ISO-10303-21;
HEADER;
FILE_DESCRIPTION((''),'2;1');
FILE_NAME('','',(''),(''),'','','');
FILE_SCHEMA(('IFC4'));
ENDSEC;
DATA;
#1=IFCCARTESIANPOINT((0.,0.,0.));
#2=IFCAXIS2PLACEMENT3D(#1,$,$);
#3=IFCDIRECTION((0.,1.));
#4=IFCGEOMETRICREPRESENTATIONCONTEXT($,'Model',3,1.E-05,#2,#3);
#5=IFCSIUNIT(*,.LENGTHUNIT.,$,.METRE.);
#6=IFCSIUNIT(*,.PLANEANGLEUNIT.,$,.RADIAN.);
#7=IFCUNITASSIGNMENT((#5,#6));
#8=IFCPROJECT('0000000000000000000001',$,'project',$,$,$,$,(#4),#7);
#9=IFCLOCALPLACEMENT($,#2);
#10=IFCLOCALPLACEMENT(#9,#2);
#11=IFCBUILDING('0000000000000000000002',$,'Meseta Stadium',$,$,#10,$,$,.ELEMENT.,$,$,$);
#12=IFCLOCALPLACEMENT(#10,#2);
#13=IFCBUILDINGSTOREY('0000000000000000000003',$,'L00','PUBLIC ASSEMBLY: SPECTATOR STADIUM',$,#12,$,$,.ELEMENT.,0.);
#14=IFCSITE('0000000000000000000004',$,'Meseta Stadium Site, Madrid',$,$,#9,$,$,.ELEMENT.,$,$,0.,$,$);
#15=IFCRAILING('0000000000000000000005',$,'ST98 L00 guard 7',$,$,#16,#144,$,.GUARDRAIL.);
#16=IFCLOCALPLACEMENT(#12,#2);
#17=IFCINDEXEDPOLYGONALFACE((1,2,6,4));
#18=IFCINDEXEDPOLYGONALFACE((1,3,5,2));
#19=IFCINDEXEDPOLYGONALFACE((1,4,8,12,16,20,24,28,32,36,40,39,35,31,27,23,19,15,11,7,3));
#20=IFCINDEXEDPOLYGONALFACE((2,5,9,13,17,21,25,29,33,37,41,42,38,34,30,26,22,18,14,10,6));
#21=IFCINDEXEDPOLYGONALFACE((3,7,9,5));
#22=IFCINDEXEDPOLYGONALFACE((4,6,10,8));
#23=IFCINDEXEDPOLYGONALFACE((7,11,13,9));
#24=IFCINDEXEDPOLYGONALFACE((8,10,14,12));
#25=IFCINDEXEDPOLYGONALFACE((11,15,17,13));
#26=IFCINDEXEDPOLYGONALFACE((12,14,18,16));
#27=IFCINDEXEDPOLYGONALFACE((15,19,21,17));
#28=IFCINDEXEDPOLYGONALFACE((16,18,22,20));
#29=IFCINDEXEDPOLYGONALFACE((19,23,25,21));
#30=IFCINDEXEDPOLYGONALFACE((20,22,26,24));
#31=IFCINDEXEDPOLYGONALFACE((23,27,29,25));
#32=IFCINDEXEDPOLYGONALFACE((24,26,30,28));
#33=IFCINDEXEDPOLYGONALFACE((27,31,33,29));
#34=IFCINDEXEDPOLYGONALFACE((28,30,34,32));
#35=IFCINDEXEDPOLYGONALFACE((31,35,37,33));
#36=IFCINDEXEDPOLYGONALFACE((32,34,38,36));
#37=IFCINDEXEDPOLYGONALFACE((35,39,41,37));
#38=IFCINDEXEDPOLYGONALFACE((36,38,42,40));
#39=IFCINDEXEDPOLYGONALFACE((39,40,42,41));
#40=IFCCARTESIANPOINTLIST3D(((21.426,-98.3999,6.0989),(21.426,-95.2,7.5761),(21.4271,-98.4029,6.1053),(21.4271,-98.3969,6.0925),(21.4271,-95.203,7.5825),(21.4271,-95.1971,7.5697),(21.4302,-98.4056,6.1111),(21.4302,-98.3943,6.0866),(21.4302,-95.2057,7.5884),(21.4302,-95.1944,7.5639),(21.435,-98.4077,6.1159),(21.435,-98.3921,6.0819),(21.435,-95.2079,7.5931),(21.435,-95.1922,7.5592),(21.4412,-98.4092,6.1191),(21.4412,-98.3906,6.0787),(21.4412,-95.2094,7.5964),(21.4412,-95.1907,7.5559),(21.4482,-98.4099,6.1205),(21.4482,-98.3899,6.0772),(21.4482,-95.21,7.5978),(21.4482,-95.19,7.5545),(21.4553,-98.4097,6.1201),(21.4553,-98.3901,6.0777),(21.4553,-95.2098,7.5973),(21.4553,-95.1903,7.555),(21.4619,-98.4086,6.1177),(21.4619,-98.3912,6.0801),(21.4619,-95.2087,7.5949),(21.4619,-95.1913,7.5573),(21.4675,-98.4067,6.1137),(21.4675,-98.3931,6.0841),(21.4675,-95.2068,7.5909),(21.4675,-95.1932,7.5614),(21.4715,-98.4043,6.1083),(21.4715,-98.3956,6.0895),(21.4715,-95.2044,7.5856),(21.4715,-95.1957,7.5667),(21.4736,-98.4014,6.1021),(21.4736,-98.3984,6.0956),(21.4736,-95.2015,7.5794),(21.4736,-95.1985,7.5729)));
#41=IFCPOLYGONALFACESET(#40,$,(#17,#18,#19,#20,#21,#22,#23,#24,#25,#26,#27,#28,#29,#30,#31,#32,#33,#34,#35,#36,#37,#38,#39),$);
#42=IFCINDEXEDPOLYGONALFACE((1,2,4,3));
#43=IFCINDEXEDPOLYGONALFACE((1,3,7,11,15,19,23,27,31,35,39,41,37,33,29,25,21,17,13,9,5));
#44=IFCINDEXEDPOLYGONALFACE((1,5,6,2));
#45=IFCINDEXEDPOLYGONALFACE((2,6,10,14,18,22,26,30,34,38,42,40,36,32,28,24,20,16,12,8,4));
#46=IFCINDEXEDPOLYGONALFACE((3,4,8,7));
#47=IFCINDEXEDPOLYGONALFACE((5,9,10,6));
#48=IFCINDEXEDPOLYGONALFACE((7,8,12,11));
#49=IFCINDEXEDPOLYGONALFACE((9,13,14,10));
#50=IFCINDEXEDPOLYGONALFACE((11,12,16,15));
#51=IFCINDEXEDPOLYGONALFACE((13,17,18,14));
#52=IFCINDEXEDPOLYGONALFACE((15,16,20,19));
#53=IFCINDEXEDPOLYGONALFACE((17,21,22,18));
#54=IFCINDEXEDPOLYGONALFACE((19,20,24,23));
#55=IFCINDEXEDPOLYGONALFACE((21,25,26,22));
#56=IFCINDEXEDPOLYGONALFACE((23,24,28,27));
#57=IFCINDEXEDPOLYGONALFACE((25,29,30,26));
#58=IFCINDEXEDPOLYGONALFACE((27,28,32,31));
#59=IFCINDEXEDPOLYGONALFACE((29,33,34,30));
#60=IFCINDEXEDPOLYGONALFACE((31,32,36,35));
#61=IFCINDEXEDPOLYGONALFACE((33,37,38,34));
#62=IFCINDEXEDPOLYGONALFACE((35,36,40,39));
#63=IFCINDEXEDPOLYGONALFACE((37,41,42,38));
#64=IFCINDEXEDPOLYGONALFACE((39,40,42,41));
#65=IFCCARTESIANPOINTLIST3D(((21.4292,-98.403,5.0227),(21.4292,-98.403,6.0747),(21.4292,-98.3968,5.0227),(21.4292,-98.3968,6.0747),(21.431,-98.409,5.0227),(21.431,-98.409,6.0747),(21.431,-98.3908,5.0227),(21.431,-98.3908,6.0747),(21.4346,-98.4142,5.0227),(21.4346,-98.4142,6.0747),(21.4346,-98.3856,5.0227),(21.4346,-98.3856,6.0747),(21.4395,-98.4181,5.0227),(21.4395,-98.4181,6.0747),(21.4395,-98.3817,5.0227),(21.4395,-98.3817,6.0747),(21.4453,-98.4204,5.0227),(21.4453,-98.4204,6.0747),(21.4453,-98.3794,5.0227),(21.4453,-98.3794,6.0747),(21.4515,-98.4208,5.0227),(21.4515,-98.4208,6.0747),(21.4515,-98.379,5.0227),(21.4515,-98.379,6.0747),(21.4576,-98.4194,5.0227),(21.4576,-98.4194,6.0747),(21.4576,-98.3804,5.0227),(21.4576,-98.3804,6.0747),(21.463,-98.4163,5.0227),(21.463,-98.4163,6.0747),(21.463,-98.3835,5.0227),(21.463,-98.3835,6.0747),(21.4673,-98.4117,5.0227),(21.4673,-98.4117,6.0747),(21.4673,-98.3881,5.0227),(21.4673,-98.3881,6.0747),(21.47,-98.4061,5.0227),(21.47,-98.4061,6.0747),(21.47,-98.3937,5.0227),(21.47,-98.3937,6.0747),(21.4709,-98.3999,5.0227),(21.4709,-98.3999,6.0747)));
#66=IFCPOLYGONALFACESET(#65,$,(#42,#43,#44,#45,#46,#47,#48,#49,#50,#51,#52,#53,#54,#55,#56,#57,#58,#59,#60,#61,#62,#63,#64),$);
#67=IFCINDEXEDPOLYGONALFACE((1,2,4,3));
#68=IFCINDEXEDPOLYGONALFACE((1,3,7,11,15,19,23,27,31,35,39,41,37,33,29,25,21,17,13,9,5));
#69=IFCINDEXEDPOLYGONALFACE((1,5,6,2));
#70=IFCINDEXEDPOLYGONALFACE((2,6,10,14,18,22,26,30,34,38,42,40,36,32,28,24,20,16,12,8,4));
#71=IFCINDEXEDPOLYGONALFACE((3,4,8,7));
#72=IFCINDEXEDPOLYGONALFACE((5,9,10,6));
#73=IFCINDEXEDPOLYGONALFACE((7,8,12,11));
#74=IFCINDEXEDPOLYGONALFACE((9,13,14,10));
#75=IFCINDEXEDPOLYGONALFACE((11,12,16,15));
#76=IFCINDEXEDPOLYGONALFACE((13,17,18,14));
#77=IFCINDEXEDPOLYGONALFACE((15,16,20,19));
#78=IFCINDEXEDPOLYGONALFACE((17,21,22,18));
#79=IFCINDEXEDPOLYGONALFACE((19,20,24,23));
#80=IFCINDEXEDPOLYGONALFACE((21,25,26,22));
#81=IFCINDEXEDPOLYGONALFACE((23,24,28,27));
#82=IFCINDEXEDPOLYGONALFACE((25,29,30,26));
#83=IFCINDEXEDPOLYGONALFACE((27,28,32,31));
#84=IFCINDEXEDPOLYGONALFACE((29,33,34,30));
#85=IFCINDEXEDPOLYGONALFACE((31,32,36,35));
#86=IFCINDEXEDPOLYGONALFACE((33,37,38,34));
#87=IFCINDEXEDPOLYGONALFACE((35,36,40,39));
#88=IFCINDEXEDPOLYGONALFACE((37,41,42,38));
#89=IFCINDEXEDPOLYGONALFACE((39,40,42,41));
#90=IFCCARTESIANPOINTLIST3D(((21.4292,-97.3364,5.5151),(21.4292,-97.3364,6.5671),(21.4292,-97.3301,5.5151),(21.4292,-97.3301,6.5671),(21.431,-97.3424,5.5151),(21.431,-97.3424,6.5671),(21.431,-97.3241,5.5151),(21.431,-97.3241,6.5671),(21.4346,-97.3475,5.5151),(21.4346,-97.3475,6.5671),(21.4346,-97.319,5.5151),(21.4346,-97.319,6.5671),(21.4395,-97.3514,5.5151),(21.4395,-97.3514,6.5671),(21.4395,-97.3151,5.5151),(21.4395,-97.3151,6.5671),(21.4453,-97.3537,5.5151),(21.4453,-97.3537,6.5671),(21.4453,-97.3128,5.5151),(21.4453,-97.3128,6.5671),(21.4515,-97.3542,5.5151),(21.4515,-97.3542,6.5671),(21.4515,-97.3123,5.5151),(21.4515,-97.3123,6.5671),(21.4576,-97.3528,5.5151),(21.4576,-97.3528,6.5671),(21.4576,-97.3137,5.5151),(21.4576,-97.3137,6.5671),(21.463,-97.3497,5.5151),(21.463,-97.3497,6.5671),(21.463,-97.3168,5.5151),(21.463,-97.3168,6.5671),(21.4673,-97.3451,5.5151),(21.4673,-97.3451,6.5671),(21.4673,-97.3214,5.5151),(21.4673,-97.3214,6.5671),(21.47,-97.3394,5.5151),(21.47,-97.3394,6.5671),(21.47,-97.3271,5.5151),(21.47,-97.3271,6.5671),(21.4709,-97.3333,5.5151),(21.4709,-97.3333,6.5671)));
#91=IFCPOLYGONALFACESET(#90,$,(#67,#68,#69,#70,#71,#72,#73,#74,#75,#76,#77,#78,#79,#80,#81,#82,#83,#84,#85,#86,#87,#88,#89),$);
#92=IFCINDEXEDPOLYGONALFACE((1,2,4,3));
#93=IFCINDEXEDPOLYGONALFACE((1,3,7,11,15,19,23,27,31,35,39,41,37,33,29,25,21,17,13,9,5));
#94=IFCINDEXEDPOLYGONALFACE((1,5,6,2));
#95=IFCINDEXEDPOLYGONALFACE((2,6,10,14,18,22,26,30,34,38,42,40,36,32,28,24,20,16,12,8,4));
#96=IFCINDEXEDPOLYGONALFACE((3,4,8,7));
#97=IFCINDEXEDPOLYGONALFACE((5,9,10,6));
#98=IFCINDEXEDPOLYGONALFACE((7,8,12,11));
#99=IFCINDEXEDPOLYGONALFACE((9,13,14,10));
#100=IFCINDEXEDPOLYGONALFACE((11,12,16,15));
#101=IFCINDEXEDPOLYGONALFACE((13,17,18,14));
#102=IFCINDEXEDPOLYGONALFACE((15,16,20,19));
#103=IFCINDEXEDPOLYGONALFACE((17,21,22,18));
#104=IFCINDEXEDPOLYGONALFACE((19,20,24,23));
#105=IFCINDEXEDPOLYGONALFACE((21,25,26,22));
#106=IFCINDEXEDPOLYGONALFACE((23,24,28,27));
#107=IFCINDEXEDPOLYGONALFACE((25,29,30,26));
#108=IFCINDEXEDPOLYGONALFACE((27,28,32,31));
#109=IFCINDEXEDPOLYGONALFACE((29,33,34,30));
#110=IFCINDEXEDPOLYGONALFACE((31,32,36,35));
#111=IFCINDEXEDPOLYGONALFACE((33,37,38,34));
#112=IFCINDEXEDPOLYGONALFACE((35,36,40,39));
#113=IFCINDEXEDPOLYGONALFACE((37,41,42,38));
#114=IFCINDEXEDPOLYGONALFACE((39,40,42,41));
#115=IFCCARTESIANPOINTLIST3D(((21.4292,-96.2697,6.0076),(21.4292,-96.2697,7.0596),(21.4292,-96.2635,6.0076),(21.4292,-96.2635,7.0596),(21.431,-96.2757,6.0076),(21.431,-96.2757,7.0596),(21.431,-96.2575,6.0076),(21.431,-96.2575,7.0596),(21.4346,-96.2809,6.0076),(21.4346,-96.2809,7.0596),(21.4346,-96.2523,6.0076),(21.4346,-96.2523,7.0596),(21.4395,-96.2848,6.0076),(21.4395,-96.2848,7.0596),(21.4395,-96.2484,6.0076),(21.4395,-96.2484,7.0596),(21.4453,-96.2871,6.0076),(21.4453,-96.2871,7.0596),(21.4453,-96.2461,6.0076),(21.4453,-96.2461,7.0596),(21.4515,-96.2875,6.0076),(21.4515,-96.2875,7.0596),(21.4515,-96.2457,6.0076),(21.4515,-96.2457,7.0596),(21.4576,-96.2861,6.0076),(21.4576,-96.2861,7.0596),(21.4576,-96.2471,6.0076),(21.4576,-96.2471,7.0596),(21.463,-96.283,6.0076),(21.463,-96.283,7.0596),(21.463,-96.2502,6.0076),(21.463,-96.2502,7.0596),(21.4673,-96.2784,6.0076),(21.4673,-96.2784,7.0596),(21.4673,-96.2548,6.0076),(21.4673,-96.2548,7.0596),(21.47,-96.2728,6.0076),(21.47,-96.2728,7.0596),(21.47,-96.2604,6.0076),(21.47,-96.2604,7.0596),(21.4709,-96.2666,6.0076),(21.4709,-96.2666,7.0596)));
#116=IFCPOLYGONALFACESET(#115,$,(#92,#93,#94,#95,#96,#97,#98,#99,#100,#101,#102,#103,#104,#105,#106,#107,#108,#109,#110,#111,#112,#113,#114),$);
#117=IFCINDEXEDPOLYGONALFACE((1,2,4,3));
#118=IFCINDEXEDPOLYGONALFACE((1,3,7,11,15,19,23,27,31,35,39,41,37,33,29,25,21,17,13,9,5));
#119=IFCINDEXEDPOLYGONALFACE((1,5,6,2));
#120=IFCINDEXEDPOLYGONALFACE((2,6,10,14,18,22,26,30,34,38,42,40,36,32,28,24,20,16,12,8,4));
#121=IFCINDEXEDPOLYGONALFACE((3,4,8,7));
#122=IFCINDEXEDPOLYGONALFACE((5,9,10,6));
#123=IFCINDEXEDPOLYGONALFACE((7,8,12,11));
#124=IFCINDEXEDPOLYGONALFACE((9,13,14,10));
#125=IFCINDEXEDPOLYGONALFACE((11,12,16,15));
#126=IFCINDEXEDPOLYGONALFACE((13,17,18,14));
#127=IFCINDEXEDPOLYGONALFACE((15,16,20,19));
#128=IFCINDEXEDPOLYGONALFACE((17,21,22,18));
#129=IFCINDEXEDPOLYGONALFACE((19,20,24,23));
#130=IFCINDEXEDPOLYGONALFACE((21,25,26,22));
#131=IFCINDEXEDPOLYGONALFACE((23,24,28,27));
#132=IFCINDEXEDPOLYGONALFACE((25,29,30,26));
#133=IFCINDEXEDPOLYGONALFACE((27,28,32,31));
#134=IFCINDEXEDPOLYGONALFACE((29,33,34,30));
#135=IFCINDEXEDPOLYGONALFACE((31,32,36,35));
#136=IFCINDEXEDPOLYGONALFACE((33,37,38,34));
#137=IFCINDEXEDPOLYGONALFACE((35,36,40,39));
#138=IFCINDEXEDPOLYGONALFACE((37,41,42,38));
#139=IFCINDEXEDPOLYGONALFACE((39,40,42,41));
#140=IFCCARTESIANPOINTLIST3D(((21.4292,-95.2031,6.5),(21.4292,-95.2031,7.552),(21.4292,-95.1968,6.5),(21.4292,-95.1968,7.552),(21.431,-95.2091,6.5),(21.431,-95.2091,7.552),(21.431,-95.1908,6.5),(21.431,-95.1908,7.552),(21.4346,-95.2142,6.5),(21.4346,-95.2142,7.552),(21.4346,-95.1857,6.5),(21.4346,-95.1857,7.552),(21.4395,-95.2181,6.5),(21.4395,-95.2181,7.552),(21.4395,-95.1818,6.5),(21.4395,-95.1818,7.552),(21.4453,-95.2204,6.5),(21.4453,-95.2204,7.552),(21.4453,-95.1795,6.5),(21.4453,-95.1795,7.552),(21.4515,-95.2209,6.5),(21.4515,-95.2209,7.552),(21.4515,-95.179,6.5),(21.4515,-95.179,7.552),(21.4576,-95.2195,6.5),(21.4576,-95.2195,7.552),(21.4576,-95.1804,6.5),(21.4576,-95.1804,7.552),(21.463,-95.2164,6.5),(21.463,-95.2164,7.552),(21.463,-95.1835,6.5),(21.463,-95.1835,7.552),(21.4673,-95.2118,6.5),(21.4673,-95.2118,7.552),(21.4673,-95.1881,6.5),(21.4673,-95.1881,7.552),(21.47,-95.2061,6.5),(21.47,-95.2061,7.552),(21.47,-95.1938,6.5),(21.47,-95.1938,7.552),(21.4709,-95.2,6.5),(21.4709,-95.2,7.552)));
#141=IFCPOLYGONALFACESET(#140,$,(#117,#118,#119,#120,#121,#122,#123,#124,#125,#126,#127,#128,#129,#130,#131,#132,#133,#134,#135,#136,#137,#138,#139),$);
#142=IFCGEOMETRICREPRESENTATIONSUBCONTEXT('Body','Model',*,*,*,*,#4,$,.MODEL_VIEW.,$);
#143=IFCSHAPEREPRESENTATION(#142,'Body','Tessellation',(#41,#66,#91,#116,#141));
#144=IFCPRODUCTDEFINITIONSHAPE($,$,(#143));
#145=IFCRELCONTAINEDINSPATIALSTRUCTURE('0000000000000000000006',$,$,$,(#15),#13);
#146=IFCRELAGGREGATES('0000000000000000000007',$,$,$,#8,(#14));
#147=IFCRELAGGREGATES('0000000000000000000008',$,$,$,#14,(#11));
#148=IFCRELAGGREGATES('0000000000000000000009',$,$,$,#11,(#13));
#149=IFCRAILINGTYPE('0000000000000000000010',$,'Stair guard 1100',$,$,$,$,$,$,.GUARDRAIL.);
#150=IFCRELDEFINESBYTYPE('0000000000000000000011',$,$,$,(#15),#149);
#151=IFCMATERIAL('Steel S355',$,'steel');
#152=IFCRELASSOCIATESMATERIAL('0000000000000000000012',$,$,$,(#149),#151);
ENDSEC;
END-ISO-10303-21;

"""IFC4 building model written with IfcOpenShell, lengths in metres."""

from ifc_helpers import new_model, si_unit, direction, frame, origin, origin_2d, place, context, subcontext, project, spatial, circle, extrude, material, type_object, element, save


model = new_model("IFC4")

# Units and contexts
model_context = context("Model", 3, precision=1e-05, world=origin(), true_north=direction((0.0, 1.0)))
body_context = subcontext(model_context, "Body", "Model", "MODEL_VIEW")
ifc_project = project(units=[si_unit("LENGTHUNIT", "METRE"), si_unit("PLANEANGLEUNIT", "RADIAN")], contexts=[model_context])

# Site, building, storey
site_placement = place(None, origin())
site = spatial("IfcSite", under=ifc_project, at=site_placement, Name="Meseta Stadium Site, Madrid", CompositionType="ELEMENT", RefElevation=0.0)
building_placement = place(site_placement, origin())
building = spatial("IfcBuilding", under=site, at=building_placement, Name="Meseta Stadium", CompositionType="ELEMENT")
storey_placement = place(building_placement, origin())
storey = spatial("IfcBuildingStorey", under=building, at=storey_placement, Name="L00", Description="PUBLIC ASSEMBLY: SPECTATOR STADIUM", CompositionType="ELEMENT", Elevation=0.0)

# Railing
ifc_material_1 = material(Name="Steel S355", Category="steel")
railing_type = type_object("IfcRailingType", Name="Stair guard 1100", PredefinedType="GUARDRAIL", material=ifc_material_1)
railing_1_placement = place(storey_placement, frame((21.45, -98.3999, 5.0227)))
element("IfcRailing", 1, at=railing_1_placement, inside=storey, type_object=railing_type, Name="ST98 L00 guard 7", PredefinedType="GUARDRAIL", context=body_context, shape_type="SweptSolid", body=[
    extrude(circle(Radius=0.0239, at=origin_2d()), frame((0.0, 0.0, 1.0762), z_axis=(0.0, 0.907917, 0.41915), x_axis=(-1.0, 0.0, 0.0)), (0.0, 0.0, 1.0), 3.5244),
    extrude(circle(Radius=0.021, at=origin_2d()), origin(), (0.0, 0.0, 1.0), 1.052),
    extrude(circle(Radius=0.021, at=origin_2d()), frame((0.0, 1.0667, 0.4924)), (0.0, 0.0, 1.0), 1.052),
    extrude(circle(Radius=0.021, at=origin_2d()), frame((0.0, 2.1333, 0.9849)), (0.0, 0.0, 1.0), 1.052),
    extrude(circle(Radius=0.021, at=origin_2d()), frame((0.0, 3.2, 1.4773)), (0.0, 0.0, 1.0), 1.052),
])

save(model, "model.ifc")
